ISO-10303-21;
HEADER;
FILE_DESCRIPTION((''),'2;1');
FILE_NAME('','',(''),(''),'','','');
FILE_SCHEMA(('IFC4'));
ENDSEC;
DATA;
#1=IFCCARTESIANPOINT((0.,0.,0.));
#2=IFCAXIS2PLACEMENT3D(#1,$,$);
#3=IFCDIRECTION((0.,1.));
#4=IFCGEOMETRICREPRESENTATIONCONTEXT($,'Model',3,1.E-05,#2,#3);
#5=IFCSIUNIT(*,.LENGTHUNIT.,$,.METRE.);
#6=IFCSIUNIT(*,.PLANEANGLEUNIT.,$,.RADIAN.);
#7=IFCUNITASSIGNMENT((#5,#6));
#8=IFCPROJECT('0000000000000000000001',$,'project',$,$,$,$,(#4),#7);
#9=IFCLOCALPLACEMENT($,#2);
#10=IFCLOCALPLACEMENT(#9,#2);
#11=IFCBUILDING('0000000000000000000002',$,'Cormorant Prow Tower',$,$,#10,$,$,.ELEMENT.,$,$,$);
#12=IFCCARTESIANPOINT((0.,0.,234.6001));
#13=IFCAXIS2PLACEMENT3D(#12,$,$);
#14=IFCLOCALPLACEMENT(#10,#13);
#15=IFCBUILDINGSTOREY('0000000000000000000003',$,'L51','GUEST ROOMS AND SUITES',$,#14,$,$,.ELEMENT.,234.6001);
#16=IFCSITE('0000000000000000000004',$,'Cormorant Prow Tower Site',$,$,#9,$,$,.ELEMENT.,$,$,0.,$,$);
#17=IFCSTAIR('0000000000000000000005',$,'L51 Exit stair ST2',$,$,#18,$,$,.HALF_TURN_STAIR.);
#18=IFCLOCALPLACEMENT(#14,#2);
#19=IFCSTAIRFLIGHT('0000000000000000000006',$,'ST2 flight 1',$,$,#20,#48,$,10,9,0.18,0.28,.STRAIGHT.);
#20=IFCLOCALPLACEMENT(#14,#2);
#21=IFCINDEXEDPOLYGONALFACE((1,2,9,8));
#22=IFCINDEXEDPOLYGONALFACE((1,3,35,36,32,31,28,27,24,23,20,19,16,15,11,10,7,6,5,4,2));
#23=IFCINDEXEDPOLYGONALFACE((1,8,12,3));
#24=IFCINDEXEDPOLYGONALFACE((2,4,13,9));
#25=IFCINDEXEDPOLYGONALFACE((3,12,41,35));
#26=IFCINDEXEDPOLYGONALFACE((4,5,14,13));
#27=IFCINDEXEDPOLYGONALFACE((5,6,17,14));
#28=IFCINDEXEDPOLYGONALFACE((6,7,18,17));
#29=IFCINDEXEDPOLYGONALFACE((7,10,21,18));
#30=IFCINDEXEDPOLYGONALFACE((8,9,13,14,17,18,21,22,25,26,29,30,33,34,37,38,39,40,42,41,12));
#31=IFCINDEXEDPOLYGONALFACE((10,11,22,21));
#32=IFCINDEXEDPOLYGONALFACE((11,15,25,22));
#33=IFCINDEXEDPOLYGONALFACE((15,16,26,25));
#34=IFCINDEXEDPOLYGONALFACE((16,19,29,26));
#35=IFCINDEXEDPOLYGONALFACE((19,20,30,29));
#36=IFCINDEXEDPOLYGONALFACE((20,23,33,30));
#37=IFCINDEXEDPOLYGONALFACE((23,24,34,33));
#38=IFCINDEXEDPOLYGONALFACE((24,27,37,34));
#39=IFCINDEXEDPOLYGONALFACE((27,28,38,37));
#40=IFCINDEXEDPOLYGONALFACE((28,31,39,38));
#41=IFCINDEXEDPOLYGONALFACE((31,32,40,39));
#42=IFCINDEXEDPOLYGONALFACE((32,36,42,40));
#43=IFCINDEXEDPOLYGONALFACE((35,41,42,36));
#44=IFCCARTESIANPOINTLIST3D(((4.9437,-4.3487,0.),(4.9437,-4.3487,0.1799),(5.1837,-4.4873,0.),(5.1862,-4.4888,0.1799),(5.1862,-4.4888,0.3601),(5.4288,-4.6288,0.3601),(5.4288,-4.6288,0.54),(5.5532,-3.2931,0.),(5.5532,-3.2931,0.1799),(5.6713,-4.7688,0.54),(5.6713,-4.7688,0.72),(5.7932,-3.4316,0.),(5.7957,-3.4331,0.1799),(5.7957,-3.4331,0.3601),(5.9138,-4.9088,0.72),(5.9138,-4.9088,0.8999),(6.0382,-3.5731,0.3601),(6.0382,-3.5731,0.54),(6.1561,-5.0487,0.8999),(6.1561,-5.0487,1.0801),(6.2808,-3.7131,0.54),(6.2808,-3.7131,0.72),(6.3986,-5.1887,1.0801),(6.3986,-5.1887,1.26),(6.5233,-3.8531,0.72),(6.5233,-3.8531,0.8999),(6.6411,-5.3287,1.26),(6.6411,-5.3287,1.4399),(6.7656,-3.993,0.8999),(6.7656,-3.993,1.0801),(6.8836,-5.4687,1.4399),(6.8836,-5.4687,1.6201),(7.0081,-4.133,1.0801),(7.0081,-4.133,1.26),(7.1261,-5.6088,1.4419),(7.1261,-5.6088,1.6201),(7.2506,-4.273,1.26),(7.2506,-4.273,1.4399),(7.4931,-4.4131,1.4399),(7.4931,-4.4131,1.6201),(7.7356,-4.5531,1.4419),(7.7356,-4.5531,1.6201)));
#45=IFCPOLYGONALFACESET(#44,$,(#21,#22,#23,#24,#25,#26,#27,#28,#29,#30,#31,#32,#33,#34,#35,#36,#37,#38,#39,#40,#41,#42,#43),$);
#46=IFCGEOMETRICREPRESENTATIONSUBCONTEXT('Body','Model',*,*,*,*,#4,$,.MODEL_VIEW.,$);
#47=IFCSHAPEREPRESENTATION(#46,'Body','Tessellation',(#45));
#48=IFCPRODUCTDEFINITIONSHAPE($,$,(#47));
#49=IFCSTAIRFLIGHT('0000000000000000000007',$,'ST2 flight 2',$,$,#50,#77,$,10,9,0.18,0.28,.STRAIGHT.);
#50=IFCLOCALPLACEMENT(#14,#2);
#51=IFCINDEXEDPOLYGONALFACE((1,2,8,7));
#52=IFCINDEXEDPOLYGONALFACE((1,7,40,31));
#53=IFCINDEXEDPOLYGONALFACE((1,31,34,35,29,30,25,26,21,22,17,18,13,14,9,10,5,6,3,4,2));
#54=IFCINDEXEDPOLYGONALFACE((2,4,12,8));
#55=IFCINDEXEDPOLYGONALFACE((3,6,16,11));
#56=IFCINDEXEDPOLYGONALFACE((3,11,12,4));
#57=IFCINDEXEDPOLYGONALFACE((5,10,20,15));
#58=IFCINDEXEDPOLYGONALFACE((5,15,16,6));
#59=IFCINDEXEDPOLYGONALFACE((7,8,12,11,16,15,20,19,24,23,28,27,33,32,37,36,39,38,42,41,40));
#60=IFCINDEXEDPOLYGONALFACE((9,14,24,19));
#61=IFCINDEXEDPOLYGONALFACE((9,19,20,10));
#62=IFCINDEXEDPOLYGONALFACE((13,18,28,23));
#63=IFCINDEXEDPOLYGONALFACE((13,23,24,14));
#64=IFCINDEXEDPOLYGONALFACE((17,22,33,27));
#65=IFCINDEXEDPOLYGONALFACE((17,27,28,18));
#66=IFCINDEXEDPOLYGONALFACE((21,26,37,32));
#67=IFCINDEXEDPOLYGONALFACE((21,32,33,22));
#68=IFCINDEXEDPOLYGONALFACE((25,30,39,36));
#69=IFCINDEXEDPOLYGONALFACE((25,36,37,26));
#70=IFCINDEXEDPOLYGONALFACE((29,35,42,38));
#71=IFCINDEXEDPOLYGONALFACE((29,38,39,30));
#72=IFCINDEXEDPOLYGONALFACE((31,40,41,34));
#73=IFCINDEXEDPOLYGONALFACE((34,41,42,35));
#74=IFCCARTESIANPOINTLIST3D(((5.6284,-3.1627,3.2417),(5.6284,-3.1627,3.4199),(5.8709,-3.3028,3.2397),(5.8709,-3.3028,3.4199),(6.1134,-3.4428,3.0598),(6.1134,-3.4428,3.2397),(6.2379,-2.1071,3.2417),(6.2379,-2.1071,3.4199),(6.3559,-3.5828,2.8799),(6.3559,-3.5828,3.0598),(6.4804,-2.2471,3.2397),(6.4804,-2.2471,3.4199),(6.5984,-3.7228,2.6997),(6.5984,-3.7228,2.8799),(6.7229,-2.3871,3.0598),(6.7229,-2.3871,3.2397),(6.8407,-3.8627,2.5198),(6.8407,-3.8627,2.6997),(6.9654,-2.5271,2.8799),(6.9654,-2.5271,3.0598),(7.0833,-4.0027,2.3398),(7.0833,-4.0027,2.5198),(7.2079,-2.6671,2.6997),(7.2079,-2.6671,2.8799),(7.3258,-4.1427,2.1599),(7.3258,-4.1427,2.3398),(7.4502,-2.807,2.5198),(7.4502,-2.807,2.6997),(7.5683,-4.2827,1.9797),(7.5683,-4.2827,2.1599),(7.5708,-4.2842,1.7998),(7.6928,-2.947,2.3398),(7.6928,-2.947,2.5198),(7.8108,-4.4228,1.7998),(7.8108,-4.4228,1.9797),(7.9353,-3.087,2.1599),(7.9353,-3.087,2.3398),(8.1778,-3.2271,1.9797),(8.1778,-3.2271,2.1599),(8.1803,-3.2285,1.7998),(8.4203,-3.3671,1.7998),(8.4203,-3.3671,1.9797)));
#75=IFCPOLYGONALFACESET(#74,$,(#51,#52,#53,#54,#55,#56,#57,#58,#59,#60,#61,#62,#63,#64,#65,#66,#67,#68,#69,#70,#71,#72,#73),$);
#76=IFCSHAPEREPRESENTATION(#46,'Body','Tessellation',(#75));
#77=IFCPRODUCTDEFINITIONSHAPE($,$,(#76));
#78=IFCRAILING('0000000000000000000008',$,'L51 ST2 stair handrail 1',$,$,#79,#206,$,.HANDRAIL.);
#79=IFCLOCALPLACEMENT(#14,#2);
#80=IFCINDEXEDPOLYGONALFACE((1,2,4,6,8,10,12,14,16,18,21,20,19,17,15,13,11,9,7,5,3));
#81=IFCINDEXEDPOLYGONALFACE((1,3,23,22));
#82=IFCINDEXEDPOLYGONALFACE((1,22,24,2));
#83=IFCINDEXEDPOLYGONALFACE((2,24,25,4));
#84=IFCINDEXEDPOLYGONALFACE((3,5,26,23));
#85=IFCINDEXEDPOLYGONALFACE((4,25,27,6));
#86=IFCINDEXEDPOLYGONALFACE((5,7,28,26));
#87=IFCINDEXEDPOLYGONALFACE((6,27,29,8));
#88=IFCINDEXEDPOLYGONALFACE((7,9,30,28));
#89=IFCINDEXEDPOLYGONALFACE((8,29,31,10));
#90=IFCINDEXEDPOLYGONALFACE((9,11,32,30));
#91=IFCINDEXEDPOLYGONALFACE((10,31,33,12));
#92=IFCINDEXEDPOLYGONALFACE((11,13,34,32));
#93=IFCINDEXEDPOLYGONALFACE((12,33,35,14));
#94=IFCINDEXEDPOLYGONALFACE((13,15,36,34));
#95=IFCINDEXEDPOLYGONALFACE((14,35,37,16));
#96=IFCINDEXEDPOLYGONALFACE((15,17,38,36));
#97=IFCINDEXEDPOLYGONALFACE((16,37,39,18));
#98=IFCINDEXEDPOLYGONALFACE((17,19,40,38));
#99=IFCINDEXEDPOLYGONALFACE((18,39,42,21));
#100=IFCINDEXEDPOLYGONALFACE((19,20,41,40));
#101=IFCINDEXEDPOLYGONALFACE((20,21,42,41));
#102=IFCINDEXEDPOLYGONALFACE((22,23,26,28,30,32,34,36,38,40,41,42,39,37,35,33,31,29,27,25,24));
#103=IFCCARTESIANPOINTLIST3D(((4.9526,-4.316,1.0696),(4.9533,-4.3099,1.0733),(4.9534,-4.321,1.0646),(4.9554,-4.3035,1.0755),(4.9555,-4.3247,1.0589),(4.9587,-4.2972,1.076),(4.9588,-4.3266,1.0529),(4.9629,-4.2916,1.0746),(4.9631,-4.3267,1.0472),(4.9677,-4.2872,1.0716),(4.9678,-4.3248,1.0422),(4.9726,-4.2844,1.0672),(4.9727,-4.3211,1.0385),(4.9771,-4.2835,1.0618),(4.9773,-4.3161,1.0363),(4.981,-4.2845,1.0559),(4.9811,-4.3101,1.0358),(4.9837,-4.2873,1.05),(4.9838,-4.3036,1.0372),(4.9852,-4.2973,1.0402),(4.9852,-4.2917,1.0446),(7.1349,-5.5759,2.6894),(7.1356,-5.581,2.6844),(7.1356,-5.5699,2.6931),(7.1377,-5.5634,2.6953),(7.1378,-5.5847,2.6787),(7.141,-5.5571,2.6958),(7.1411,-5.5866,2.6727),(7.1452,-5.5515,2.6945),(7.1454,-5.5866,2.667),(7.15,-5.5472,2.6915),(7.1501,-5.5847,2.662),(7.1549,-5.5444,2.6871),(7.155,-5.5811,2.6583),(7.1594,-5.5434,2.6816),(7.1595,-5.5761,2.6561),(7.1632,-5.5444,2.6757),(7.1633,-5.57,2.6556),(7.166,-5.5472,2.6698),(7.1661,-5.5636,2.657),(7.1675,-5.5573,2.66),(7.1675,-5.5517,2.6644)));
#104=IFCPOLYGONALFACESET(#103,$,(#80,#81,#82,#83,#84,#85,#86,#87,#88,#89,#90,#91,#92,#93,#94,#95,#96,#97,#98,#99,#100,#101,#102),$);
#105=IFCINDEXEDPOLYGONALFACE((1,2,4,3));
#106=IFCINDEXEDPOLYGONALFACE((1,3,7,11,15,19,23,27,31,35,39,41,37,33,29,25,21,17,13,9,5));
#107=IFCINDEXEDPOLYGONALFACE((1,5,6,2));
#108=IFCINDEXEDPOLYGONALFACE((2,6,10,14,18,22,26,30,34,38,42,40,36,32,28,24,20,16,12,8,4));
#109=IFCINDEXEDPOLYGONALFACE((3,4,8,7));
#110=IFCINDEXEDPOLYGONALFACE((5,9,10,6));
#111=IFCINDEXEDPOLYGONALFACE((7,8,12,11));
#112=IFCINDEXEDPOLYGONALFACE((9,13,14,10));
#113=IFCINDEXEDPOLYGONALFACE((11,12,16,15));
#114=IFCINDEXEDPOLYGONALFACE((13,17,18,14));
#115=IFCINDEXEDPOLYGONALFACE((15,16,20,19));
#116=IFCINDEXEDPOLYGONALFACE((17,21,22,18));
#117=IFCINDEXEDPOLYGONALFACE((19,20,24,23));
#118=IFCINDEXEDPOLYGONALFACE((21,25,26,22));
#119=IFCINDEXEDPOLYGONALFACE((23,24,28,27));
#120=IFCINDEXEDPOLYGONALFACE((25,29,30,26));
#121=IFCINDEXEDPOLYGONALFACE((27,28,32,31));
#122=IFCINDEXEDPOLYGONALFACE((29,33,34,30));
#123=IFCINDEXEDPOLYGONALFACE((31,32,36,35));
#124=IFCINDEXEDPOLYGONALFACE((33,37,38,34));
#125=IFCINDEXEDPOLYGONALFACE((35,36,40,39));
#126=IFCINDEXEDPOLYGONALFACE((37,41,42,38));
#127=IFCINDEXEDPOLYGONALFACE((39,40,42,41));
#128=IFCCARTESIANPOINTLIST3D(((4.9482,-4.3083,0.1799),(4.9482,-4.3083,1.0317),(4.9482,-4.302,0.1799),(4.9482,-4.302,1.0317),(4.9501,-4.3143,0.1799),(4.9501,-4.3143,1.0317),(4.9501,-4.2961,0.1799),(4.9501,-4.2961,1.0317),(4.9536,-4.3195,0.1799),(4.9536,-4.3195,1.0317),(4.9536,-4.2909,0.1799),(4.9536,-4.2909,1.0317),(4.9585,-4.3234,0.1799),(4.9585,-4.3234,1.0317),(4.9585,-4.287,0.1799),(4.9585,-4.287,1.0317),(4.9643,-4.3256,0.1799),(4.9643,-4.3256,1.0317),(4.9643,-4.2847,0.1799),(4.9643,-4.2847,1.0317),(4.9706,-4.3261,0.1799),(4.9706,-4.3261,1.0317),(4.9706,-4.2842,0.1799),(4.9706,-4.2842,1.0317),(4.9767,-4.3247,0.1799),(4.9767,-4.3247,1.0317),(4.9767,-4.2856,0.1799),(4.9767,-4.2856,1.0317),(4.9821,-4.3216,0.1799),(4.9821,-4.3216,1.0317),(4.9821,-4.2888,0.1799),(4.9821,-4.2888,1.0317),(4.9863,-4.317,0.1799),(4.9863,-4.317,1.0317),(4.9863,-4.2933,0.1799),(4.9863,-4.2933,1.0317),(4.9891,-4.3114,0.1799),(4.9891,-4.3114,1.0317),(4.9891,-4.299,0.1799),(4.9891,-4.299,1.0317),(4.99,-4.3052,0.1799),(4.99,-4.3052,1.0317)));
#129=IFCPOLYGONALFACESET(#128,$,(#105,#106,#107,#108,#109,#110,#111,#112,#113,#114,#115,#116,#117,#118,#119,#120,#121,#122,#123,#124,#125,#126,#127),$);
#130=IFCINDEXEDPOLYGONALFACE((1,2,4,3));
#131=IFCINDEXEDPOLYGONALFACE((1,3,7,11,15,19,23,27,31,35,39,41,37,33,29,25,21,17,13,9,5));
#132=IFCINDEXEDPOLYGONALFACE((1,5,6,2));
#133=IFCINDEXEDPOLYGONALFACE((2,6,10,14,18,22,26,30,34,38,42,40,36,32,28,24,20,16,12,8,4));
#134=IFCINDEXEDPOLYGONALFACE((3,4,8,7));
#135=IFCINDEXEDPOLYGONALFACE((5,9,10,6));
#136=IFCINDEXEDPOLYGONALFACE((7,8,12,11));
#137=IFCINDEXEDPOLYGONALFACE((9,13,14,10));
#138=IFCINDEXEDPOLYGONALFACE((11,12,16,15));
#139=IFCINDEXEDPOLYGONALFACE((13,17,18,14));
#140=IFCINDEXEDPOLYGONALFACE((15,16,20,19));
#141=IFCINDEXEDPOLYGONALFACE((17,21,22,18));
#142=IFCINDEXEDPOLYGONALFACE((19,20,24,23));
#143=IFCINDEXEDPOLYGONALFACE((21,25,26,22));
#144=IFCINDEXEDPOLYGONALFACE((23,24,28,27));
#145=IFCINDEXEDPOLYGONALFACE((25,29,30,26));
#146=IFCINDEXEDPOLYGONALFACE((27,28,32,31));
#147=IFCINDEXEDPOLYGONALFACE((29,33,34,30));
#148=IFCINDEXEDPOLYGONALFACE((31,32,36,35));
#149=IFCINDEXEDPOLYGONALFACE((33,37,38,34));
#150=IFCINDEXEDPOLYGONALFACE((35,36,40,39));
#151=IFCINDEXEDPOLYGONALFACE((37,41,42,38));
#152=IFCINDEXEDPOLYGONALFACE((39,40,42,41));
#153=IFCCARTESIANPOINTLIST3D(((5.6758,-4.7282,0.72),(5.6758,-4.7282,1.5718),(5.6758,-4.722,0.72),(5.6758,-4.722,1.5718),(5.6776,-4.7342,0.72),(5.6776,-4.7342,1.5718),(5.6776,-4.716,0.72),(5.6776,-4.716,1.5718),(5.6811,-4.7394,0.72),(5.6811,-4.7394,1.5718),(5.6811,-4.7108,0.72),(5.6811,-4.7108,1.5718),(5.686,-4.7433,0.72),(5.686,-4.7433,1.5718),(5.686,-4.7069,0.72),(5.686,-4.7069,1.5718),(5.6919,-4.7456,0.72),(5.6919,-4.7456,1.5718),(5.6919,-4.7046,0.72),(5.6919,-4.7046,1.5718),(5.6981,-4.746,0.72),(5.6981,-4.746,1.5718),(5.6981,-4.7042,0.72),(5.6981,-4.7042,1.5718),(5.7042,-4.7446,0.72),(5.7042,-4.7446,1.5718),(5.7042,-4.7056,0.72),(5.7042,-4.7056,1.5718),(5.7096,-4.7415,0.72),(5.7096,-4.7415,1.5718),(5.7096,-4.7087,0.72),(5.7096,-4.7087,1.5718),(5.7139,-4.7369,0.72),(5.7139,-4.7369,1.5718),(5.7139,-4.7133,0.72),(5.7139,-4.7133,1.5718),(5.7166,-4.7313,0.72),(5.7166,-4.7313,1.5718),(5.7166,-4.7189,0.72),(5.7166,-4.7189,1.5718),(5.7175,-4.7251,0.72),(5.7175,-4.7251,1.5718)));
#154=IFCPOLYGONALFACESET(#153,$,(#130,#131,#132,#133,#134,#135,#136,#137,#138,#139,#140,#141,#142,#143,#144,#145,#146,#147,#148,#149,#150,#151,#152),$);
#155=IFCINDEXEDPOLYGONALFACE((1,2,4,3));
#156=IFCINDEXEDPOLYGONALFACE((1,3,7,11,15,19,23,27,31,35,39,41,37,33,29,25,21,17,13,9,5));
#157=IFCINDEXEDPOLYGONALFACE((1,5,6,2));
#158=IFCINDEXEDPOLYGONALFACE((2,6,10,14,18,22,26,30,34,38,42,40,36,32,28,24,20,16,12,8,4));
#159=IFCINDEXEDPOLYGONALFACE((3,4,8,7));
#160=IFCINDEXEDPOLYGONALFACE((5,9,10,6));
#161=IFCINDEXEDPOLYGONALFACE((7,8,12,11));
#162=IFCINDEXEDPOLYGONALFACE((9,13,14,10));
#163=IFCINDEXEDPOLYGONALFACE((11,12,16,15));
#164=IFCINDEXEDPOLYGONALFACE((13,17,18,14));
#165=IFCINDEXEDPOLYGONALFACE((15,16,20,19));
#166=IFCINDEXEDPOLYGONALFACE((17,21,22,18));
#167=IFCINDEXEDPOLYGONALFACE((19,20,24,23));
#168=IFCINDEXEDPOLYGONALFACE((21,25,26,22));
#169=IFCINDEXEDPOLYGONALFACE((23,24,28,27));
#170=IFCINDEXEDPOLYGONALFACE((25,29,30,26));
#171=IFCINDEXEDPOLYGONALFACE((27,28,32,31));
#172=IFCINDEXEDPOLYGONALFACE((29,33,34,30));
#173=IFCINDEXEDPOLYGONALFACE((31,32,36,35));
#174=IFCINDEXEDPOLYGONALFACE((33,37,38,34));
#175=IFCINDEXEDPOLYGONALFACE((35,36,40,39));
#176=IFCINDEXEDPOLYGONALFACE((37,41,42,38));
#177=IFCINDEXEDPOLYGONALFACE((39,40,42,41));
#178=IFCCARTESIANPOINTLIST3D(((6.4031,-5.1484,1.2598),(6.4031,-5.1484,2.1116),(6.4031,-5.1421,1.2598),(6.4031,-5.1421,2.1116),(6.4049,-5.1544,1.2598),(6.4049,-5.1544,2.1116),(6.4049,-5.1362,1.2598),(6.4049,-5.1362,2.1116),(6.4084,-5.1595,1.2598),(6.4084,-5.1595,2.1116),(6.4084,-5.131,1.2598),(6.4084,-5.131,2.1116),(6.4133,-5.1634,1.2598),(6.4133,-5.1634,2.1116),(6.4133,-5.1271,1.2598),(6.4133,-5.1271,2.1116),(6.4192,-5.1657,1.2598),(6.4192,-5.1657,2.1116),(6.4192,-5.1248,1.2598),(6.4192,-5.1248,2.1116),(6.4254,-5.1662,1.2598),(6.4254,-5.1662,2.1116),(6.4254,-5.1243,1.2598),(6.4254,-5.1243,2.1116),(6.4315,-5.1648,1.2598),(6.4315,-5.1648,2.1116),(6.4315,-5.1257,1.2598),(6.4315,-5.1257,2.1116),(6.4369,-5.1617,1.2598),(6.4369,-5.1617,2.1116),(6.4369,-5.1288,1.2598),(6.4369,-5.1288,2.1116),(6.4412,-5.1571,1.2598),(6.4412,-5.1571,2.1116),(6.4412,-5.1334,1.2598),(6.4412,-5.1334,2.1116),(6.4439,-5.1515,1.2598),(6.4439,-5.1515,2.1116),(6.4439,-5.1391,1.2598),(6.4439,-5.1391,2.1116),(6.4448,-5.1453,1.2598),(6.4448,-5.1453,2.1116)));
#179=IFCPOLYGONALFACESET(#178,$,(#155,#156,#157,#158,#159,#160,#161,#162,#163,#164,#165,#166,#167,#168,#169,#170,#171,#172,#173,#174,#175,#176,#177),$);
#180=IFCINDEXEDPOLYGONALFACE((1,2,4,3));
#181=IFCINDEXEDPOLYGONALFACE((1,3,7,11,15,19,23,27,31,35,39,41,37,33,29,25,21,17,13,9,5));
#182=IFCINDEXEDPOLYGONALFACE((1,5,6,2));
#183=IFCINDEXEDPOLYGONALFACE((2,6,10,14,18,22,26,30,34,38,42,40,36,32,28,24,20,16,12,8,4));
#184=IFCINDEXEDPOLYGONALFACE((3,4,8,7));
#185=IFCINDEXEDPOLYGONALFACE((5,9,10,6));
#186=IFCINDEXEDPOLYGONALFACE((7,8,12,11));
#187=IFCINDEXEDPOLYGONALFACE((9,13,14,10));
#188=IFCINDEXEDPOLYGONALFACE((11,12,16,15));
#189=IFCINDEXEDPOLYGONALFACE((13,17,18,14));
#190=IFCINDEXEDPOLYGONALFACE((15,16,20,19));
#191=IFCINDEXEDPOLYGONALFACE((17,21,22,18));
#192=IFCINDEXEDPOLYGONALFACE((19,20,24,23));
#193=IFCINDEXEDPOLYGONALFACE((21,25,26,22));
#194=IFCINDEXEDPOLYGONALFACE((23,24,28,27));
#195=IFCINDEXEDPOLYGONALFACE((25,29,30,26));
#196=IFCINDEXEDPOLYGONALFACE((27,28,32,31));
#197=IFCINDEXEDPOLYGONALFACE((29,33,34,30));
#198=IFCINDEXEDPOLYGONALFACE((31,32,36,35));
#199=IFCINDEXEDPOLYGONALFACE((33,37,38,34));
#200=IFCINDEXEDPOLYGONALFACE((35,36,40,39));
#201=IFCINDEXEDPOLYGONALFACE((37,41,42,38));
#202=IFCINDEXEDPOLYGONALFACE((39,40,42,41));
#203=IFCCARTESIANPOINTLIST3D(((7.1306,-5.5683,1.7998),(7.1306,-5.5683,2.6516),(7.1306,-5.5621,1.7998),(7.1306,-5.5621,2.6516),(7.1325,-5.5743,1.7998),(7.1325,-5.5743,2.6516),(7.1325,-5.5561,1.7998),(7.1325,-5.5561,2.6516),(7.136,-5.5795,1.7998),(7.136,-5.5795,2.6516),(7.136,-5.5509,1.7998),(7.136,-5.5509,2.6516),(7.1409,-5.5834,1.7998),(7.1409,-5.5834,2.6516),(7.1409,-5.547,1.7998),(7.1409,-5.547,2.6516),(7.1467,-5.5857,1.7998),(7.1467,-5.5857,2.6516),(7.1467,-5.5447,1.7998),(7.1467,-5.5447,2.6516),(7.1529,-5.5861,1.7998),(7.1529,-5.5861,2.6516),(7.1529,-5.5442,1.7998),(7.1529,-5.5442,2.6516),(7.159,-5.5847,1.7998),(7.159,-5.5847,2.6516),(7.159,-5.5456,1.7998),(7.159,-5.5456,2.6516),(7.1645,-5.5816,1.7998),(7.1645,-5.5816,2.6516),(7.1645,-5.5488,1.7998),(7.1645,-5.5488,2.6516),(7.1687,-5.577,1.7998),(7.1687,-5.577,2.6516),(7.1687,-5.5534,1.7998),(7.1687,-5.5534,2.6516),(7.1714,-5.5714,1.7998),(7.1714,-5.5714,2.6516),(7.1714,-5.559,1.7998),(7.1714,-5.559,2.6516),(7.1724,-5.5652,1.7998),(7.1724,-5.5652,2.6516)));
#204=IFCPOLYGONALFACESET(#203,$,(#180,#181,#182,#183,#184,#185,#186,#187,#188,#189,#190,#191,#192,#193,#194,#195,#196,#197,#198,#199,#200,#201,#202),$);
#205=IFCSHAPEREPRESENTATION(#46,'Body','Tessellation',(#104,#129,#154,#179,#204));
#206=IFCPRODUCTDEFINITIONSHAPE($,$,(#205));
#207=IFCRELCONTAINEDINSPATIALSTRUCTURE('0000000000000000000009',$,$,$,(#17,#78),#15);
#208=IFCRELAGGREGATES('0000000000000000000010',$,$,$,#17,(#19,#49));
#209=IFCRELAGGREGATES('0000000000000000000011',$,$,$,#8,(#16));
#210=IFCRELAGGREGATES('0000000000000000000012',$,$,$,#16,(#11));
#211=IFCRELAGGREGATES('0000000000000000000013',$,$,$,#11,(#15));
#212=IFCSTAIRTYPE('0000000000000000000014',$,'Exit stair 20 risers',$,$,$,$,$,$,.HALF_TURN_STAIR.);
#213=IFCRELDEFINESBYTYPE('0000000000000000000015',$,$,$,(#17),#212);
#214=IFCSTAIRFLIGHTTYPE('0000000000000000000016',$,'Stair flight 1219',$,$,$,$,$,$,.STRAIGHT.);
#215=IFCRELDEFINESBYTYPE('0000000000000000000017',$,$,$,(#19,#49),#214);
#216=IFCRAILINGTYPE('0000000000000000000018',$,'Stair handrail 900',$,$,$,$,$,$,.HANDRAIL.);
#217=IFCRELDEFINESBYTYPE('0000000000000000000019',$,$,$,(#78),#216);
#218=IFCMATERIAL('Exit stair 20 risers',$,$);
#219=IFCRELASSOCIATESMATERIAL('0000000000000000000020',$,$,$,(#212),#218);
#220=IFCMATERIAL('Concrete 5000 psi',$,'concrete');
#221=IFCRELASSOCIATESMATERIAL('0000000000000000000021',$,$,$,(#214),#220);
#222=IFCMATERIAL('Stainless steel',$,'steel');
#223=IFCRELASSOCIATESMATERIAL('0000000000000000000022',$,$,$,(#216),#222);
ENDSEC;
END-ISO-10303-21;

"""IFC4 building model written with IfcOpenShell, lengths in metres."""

from ifc_helpers import new_model, si_unit, direction, frame, origin, origin_2d, place, context, subcontext, project, spatial, polyline, circle, outline, extrude, material, type_object, element, aggregate, save


model = new_model("IFC4")

# Units and contexts
model_context = context("Model", 3, precision=1e-05, world=origin(), true_north=direction((0.0, 1.0)))
body_context = subcontext(model_context, "Body", "Model", "MODEL_VIEW")
ifc_project = project(units=[si_unit("LENGTHUNIT", "METRE"), si_unit("PLANEANGLEUNIT", "RADIAN")], contexts=[model_context])

# Site, building, storey
site_placement = place(None, origin())
site = spatial("IfcSite", under=ifc_project, at=site_placement, Name="Cormorant Prow Tower Site", CompositionType="ELEMENT", RefElevation=0.0)
building_placement = place(site_placement, origin())
building = spatial("IfcBuilding", under=site, at=building_placement, Name="Cormorant Prow Tower", CompositionType="ELEMENT")
storey_placement = place(building_placement, frame((0.0, 0.0, 234.6001)))
storey = spatial("IfcBuildingStorey", under=building, at=storey_placement, Name="L51", Description="GUEST ROOMS AND SUITES", CompositionType="ELEMENT", Elevation=234.6001)

# Stair, stair flights
ifc_material_1 = material(Name="Exit stair 20 risers")
stair_type = type_object("IfcStairType", Name="Exit stair 20 risers", PredefinedType="HALF_TURN_STAIR", material=ifc_material_1)
stair_placement = place(storey_placement, origin())
stair = element("IfcStair", 1, at=stair_placement, inside=storey, type_object=stair_type, Name="L51 Exit stair ST2", PredefinedType="HALF_TURN_STAIR")
ifc_material_2 = material(Name="Concrete 5000 psi", Category="concrete")
stair_flight_type = type_object("IfcStairFlightType", Name="Stair flight 1219", PredefinedType="STRAIGHT", material=ifc_material_2)
stair_flight_1_placement = place(storey_placement, frame((5.2485, -3.8208, 0.0), z_axis=(0.0, 0.0, 1.0), x_axis=(0.866025, -0.5, 0.0)))
stair_flight_1 = element("IfcStairFlight", 2, at=stair_flight_1_placement, type_object=stair_flight_type, Name="ST2 flight 1", NumberOfRisers=10, NumberOfTreads=9, PredefinedType="STRAIGHT", RiserHeight=0.18, TreadLength=0.28, context=body_context, shape_type="SweptSolid", body=[
    extrude(outline(polyline([(0.0, 0.0), (0.0, 0.1799), (0.28, 0.1799), (0.28, 0.3601), (0.5601, 0.3601), (0.5601, 0.54), (0.8401, 0.54), (0.8401, 0.72), (1.1201, 0.72), (1.1201, 0.8999), (1.3999, 0.8999), (1.3999, 1.0801), (1.6799, 1.0801), (1.6799, 1.26), (1.96, 1.26), (1.96, 1.4399), (2.24, 1.4399), (2.24, 1.6201), (2.52, 1.6201), (2.52, 1.8), (2.52, 1.4419), (0.2771, 0.0), (0.0, 0.0)])), frame((0.0, 0.6094, 0.0), z_axis=(0.0, -1.0, 0.0), x_axis=(1.0, 0.0, 0.0)), (0.0, 0.0, 1.0), 1.219),
])
stair_flight_2_placement = place(storey_placement, frame((8.1155, -3.895, 1.7998), z_axis=(0.0, 0.0, 1.0), x_axis=(-0.866025, 0.5, 0.0)))
stair_flight_2 = element("IfcStairFlight", 3, at=stair_flight_2_placement, type_object=stair_flight_type, Name="ST2 flight 2", NumberOfRisers=10, NumberOfTreads=9, PredefinedType="STRAIGHT", RiserHeight=0.18, TreadLength=0.28, context=body_context, shape_type="SweptSolid", body=[
    extrude(outline(polyline([(0.0, 0.0), (0.0, 0.1799), (0.28, 0.1799), (0.28, 0.3601), (0.5601, 0.3601), (0.5601, 0.54), (0.8401, 0.54), (0.8401, 0.72), (1.1201, 0.72), (1.1201, 0.8999), (1.3999, 0.8999), (1.3999, 1.0801), (1.6799, 1.0801), (1.6799, 1.26), (1.96, 1.26), (1.96, 1.4399), (2.24, 1.4399), (2.24, 1.6201), (2.52, 1.6201), (2.52, 1.8), (2.52, 1.4419), (0.2771, 0.0), (0.0, 0.0)])), frame((0.0, 0.6094, 0.0), z_axis=(0.0, -1.0, 0.0), x_axis=(1.0, 0.0, 0.0)), (0.0, 0.0, 1.0), 1.219),
])
aggregate(stair, [stair_flight_1, stair_flight_2])

# Railing
ifc_material_3 = material(Name="Stainless steel", Category="steel")
railing_type_1 = type_object("IfcRailingType", Name="Stair handrail 900", PredefinedType="HANDRAIL", material=ifc_material_3)
railing_1_placement = place(storey_placement, frame((4.969, -4.3052, 0.1799)))
element("IfcRailing", 4, at=railing_1_placement, inside=storey, type_object=railing_type_1, Name="L51 ST2 stair handrail 1", PredefinedType="HANDRAIL", context=body_context, shape_type="SweptSolid", body=[
    extrude(circle(Radius=0.0239, at=origin_2d()), frame((0.0, 0.0, 0.876), z_axis=(0.728496, -0.420603, 0.540728), x_axis=(0.500005, 0.866023, 0.0)), (0.0, 0.0, 1.0), 2.9956),
    extrude(circle(Radius=0.021, at=origin_2d()), origin(), (0.0, 0.0, 1.0), 0.8518),
    extrude(circle(Radius=0.021, at=origin_2d()), frame((0.7275, -0.4199, 0.54)), (0.0, 0.0, 1.0), 0.8518),
    extrude(circle(Radius=0.021, at=origin_2d()), frame((1.4548, -0.8401, 1.0798)), (0.0, 0.0, 1.0), 0.8518),
    extrude(circle(Radius=0.021, at=origin_2d()), frame((2.1824, -1.26, 1.6199)), (0.0, 0.0, 1.0), 0.8518),
])

save(model, "model.ifc")
